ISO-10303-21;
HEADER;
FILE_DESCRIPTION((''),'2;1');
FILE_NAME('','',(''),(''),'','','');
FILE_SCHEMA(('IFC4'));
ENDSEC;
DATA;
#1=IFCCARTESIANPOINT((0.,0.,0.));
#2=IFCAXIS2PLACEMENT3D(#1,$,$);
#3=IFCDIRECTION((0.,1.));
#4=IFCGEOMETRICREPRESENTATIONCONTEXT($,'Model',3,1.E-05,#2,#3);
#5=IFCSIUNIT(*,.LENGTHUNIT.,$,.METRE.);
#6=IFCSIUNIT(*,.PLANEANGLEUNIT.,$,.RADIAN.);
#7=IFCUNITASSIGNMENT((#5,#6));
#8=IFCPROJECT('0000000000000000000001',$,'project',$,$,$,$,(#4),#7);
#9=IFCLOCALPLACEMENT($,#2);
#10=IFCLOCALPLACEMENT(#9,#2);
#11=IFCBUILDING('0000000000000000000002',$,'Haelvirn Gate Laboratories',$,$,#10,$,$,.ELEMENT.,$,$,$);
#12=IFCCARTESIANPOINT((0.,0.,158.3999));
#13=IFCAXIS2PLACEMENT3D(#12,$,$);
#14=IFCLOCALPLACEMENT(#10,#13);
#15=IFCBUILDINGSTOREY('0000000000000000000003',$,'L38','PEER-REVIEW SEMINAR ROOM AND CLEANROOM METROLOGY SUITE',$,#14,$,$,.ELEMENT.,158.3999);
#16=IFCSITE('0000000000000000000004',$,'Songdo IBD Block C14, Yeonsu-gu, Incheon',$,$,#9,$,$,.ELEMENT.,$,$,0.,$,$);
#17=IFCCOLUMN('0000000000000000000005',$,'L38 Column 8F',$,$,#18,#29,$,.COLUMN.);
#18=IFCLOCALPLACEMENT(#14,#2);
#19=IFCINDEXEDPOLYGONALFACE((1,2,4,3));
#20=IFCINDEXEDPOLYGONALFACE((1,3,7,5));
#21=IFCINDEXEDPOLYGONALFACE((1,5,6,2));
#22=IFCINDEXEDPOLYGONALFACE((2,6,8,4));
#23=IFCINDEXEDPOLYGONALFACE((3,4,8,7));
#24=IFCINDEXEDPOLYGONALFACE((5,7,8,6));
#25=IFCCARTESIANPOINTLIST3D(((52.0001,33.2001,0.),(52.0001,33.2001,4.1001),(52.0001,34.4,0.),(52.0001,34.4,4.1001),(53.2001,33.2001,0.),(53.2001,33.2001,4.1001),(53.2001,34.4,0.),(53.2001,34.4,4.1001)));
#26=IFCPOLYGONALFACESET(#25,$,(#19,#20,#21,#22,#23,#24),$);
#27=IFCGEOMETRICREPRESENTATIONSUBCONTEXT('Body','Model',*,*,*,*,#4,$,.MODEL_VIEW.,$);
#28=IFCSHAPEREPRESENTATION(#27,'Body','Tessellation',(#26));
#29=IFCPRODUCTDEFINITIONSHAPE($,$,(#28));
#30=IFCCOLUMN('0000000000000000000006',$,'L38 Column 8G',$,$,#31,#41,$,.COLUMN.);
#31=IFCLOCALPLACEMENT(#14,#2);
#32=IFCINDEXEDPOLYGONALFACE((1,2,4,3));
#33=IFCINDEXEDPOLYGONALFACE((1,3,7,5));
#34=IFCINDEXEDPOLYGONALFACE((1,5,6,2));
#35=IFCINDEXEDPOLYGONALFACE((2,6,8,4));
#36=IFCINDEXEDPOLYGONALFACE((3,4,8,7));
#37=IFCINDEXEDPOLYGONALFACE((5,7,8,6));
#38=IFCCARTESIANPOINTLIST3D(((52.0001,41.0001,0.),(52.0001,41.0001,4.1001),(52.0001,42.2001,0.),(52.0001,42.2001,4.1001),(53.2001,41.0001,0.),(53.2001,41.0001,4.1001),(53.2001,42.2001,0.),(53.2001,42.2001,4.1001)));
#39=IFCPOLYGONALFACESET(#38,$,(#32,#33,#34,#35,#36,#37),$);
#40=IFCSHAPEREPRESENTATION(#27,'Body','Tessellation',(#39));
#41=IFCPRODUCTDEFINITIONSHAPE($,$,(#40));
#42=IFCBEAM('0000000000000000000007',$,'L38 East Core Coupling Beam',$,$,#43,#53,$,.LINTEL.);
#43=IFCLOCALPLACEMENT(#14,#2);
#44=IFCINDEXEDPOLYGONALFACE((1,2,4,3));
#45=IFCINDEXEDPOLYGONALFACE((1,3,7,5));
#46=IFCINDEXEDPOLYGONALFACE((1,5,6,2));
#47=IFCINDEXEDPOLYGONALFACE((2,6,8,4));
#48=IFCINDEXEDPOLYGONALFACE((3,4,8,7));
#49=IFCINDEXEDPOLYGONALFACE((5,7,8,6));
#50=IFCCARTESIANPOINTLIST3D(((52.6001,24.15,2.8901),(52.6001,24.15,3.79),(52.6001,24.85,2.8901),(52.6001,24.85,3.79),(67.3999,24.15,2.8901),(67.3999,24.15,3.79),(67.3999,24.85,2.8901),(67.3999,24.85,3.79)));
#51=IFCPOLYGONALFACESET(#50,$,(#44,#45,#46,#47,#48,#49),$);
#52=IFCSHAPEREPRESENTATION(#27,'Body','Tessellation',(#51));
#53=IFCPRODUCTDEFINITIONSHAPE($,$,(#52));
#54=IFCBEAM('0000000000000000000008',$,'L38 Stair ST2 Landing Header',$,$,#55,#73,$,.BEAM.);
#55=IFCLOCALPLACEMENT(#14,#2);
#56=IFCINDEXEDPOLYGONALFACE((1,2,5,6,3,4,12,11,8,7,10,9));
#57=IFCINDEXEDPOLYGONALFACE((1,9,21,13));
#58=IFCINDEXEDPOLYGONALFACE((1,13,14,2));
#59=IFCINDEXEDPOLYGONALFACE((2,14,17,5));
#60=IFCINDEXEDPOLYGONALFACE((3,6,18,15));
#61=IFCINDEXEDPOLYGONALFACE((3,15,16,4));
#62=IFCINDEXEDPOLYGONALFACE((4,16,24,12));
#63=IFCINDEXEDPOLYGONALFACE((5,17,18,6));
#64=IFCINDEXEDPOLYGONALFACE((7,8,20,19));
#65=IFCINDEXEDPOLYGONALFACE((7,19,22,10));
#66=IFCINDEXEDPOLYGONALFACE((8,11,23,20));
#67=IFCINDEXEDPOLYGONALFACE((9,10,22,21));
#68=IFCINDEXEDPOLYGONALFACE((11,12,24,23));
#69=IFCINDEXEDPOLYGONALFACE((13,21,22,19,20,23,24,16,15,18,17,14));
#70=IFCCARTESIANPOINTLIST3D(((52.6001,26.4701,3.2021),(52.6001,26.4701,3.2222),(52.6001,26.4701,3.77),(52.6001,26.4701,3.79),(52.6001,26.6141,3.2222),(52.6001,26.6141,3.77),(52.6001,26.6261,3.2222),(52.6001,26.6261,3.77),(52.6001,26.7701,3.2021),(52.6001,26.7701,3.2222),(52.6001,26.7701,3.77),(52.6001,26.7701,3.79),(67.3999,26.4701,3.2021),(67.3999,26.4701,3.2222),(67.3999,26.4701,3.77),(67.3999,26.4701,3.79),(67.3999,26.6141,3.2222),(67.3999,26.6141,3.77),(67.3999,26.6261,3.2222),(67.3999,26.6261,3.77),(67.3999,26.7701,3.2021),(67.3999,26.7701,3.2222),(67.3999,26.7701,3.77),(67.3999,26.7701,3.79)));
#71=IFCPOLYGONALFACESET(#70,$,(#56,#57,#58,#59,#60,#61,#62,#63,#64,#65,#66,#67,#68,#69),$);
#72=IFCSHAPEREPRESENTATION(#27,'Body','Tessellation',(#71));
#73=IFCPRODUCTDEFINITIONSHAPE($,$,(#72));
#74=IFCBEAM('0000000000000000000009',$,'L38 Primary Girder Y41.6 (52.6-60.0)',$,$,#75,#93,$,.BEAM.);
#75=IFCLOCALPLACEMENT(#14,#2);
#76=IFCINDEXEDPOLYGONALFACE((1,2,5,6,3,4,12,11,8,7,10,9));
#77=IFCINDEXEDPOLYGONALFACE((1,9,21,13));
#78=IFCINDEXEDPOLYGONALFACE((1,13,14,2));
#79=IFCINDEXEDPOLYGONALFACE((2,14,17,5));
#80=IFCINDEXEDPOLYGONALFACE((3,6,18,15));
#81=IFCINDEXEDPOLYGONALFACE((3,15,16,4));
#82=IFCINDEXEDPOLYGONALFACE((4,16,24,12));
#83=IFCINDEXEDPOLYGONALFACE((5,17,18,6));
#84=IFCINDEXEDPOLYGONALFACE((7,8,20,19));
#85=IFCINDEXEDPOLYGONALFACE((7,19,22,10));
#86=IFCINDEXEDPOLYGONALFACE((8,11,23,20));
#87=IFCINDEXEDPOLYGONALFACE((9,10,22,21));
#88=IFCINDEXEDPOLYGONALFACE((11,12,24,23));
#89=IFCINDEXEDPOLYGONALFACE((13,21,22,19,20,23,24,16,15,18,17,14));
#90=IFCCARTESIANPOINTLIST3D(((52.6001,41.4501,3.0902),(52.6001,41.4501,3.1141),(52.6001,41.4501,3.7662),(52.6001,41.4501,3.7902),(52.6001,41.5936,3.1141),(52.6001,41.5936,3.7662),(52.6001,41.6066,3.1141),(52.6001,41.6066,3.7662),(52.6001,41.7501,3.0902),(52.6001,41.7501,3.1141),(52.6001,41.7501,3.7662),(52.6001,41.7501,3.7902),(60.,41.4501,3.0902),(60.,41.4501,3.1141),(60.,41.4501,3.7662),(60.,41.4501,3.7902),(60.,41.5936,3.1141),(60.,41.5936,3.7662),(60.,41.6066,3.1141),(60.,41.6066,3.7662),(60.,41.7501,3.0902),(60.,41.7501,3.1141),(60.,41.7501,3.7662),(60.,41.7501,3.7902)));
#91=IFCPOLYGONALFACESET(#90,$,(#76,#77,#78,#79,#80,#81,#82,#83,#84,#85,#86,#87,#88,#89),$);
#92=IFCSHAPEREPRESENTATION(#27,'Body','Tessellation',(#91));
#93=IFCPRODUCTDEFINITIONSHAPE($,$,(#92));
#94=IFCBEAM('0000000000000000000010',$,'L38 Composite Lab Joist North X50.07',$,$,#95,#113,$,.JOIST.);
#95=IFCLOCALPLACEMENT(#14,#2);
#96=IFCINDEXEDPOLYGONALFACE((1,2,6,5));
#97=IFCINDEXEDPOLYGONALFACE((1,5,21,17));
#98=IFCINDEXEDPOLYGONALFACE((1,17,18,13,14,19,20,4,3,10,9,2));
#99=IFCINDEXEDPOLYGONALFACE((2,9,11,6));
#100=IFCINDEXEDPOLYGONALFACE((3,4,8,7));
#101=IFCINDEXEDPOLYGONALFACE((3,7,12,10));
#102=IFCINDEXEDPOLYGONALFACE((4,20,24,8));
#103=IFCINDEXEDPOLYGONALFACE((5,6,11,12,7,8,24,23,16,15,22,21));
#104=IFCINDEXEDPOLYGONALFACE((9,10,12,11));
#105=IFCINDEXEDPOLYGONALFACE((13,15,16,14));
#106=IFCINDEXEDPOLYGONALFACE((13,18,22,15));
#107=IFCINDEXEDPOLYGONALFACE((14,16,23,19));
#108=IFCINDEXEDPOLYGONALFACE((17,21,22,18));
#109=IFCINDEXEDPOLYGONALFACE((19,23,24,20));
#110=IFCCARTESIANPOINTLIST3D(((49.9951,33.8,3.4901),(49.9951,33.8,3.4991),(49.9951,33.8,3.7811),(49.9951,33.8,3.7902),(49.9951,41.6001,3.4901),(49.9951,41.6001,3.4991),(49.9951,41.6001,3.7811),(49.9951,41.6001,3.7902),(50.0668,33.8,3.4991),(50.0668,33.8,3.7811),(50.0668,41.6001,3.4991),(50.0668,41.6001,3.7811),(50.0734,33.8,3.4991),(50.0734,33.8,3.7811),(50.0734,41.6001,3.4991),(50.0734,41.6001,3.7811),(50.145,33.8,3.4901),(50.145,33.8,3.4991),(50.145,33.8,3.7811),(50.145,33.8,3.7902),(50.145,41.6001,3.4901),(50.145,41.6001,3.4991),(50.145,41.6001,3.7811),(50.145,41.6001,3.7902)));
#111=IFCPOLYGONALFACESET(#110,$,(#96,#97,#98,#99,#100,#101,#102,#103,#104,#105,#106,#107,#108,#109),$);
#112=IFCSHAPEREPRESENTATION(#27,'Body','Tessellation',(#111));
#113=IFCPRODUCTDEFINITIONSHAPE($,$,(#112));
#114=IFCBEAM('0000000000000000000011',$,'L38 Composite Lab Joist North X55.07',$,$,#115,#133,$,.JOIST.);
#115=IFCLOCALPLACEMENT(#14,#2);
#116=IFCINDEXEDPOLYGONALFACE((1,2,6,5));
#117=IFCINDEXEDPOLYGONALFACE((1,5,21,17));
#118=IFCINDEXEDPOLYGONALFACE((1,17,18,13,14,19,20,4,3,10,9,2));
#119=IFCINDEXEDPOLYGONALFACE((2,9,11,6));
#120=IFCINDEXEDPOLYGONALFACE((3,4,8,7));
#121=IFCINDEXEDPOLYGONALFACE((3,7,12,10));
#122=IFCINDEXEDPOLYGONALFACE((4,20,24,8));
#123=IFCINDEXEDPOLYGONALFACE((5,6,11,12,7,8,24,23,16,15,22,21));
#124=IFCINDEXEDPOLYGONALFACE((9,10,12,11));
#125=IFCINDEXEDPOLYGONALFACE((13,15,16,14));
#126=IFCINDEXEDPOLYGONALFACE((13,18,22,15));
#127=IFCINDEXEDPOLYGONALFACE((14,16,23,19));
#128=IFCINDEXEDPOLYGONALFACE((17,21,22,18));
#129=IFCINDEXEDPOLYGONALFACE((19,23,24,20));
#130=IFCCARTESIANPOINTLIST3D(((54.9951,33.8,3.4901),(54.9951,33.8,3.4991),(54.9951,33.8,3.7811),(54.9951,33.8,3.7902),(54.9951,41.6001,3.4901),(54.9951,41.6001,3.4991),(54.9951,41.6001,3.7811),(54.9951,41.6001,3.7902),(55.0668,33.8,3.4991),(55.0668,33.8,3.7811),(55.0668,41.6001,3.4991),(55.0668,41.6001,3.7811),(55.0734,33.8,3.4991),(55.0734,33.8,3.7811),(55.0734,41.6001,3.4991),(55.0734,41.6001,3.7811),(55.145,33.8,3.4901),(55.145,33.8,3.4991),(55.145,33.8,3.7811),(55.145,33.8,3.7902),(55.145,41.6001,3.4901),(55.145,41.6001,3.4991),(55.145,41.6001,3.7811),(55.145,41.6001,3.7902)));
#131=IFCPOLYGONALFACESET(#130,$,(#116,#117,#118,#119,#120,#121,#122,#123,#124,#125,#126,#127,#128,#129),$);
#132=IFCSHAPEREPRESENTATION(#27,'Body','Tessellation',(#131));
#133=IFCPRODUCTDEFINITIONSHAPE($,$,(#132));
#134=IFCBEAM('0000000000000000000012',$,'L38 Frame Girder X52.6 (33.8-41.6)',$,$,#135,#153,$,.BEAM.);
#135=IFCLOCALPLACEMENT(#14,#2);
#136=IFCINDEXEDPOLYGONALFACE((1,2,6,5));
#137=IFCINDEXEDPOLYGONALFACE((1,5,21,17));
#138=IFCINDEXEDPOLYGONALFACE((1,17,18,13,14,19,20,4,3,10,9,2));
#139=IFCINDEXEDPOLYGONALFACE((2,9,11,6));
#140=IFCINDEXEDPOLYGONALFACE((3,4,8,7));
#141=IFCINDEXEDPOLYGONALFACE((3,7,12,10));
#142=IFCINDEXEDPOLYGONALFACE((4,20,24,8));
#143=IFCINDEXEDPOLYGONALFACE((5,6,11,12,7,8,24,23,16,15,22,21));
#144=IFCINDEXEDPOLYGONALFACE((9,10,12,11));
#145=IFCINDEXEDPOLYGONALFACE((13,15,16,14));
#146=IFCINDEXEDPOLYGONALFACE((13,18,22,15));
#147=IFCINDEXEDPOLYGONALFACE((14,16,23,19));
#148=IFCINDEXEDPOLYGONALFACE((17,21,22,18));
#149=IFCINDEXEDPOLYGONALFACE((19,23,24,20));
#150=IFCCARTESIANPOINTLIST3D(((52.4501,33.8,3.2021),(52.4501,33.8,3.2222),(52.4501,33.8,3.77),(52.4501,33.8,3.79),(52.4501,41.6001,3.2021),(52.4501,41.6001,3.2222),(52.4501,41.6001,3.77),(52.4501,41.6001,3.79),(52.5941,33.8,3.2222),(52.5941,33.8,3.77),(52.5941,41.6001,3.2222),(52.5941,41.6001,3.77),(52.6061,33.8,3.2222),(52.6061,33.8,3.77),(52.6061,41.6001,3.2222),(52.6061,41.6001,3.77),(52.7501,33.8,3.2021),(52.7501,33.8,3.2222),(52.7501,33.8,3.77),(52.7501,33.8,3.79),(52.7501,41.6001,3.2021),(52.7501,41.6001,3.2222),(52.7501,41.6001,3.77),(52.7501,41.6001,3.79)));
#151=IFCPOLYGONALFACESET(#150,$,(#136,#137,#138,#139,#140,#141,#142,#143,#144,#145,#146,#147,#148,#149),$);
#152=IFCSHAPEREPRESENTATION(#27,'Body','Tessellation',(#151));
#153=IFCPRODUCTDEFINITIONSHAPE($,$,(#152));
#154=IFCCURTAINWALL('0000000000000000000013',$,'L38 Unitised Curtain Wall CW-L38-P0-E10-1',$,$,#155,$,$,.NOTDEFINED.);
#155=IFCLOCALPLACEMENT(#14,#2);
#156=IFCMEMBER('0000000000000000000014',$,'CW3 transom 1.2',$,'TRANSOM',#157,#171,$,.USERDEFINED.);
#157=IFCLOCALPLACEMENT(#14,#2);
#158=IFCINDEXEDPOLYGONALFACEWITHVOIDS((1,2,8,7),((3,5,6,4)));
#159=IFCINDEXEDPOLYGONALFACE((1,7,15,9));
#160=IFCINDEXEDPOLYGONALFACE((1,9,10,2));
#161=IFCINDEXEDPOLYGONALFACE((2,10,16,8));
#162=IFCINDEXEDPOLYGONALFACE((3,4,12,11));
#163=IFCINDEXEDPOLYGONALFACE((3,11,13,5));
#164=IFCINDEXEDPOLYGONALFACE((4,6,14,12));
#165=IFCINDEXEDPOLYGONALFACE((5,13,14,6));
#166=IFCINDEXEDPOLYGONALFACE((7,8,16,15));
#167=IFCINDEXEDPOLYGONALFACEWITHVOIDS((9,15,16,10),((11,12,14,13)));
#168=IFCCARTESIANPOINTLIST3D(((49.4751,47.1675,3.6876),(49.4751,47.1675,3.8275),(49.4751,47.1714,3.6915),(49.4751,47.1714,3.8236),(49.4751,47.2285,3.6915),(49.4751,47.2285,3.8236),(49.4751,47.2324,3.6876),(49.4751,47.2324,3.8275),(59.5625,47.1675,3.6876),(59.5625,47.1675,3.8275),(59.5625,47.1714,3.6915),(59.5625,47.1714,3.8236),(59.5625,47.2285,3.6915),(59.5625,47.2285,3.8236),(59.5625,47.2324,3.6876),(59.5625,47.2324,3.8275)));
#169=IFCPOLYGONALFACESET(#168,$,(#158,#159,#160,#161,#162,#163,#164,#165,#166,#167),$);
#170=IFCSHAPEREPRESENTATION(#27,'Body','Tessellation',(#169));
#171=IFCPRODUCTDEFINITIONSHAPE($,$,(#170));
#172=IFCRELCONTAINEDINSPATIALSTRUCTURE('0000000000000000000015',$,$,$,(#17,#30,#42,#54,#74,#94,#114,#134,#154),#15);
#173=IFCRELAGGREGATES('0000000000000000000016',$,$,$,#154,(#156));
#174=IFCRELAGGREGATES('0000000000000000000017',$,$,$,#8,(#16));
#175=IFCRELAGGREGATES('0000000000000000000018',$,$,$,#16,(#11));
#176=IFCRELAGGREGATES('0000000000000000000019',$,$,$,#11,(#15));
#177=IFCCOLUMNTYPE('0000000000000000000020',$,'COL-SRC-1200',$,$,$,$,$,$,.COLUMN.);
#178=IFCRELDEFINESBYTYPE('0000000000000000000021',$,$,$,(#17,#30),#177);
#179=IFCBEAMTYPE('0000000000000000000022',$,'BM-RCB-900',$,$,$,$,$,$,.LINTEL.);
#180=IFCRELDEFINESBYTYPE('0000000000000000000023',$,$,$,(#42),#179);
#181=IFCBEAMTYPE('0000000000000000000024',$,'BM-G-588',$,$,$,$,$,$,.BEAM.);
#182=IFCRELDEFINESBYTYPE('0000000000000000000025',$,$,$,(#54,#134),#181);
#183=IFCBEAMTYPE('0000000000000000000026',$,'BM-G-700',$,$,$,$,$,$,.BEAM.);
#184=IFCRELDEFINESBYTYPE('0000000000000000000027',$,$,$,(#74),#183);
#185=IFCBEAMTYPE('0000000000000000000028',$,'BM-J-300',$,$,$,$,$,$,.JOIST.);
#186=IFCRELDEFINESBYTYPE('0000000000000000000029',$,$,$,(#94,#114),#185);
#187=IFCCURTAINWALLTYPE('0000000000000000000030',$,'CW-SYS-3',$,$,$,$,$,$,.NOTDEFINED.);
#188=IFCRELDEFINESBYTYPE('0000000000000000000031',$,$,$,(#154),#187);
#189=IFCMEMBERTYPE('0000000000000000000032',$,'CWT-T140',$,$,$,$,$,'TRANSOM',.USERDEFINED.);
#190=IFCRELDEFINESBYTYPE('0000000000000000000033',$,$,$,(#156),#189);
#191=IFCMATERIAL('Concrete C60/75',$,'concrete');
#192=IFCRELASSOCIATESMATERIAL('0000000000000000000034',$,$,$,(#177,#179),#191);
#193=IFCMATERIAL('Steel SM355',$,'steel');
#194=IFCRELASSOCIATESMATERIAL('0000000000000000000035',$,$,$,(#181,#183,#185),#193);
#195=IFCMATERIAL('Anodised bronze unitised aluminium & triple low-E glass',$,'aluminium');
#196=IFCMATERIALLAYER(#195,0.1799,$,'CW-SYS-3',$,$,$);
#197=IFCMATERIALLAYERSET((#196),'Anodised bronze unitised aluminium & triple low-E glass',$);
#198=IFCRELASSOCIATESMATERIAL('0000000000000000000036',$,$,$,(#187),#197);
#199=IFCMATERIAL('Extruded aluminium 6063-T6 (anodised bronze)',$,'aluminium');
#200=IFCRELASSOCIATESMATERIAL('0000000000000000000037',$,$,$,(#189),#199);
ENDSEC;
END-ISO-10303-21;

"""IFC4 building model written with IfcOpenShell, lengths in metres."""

from ifc_helpers import new_model, si_unit, direction, frame, origin, origin_2d, place, context, subcontext, project, spatial, rectangle, hollow_rectangle, i_section, extrude, source, transform, mapped, material, layer, layer_set, material_profile, profile_set, type_object, type_shapes, element, aggregate, save


model = new_model("IFC4")

# Units and contexts
model_context = context("Model", 3, precision=1e-05, world=origin(), true_north=direction((0.0, 1.0)))
body_context = subcontext(model_context, "Body", "Model", "MODEL_VIEW")
ifc_project = project(units=[si_unit("LENGTHUNIT", "METRE"), si_unit("PLANEANGLEUNIT", "RADIAN")], contexts=[model_context])

# Site, building, storey
site_placement = place(None, origin())
site = spatial("IfcSite", under=ifc_project, at=site_placement, Name="Songdo IBD Block C14, Yeonsu-gu, Incheon", CompositionType="ELEMENT", RefElevation=0.0)
building_placement = place(site_placement, origin())
building = spatial("IfcBuilding", under=site, at=building_placement, Name="Haelvirn Gate Laboratories", CompositionType="ELEMENT")
storey_placement = place(building_placement, frame((0.0, 0.0, 158.3999)))
storey = spatial("IfcBuildingStorey", under=building, at=storey_placement, Name="L38", Description="PEER-REVIEW SEMINAR ROOM AND CLEANROOM METROLOGY SUITE", CompositionType="ELEMENT", Elevation=158.3999)

# Columns
ifc_material_1 = material(Name="Concrete C60/75", Category="concrete")
ifc_material_profile_1 = material_profile(ifc_material_1, rectangle(XDim=1.2, YDim=1.2, at=origin_2d()), Name="SRC-1200x1200")
ifc_profile_set_1 = profile_set([ifc_material_profile_1], Name="Concrete C60/75")
column_type = type_object("IfcColumnType", Name="COL-SRC-1200", PredefinedType="COLUMN", material=ifc_profile_set_1)
shared_shape_1 = source(origin(), body_context, "Body", "SweptSolid", [
    extrude(rectangle(XDim=1.2, YDim=1.2, at=origin_2d()), origin(), (0.0, 0.0, 1.0), 4.1001),
])
type_shapes(column_type, [shared_shape_1])
for number, where, z_axis, x_axis, name in (
    (1, (52.6001, 33.8, 0.0), (0.0, 0.0, 1.0), (1.0, 0.0, 0.0), "L38 Column 8F"),
    (2, (52.6001, 41.6001, 0.0), (0.0, 0.0, 1.0), (1.0, 0.0, 0.0), "L38 Column 8G"),
):
    element("IfcColumn", number, at=place(storey_placement, frame(where, z_axis=z_axis, x_axis=x_axis)), inside=storey, type_object=column_type, Name=name, PredefinedType="COLUMN", context=body_context, shape_type="MappedRepresentation", body=[
        mapped(shared_shape_1, transform((0.0, 0.0, 0.0), scale=1.0)),
    ])

# Beams
ifc_material_profile_2 = material_profile(ifc_material_1, rectangle(XDim=0.7, YDim=0.8999, at=origin_2d()), Name="RCB-700x900")
ifc_profile_set_2 = profile_set([ifc_material_profile_2], Name="Concrete C60/75")
beam_type_1 = type_object("IfcBeamType", Name="BM-RCB-900", PredefinedType="LINTEL", material=ifc_profile_set_2)
shared_shape_2 = source(origin(), body_context, "Body", "SweptSolid", [
    extrude(rectangle(XDim=0.7, YDim=0.8999, at=origin_2d()), origin(), (0.0, 0.0, 1.0), 14.7998),
])
type_shapes(beam_type_1, [shared_shape_2])
beam_1_placement = place(storey_placement, frame((52.6001, 24.5, 3.3401), z_axis=(1.0, 0.0, 0.0), x_axis=(0.0, 1.0, 0.0)))
element("IfcBeam", 3, at=beam_1_placement, inside=storey, type_object=beam_type_1, Name="L38 East Core Coupling Beam", PredefinedType="LINTEL", context=body_context, shape_type="MappedRepresentation", body=[
    mapped(shared_shape_2, transform((0.0, 0.0, 0.0), scale=1.0)),
])
ifc_material_2 = material(Name="Steel SM355", Category="steel")
ifc_material_profile_3 = material_profile(ifc_material_2, i_section(OverallWidth=0.3, OverallDepth=0.5879, WebThickness=0.012, FlangeThickness=0.02, at=origin_2d()), Name="H-588x300x12x20")
ifc_profile_set_3 = profile_set([ifc_material_profile_3], Name="Steel SM355")
beam_type_2 = type_object("IfcBeamType", Name="BM-G-588", PredefinedType="BEAM", material=ifc_profile_set_3)
shared_shape_3 = source(origin(), body_context, "Body", "SweptSolid", [
    extrude(i_section(OverallWidth=0.3, OverallDepth=0.5879, WebThickness=0.012, FlangeThickness=0.02, at=origin_2d()), origin(), (0.0, 0.0, 1.0), 14.7998),
])
beam_2_placement = place(storey_placement, frame((52.6001, 26.6201, 3.4961), z_axis=(1.0, 0.0, 0.0), x_axis=(0.0, 1.0, 0.0)))
element("IfcBeam", 4, at=beam_2_placement, inside=storey, type_object=beam_type_2, Name="L38 Stair ST2 Landing Header", PredefinedType="BEAM", context=body_context, shape_type="MappedRepresentation", body=[
    mapped(shared_shape_3, transform((0.0, 0.0, 0.0), scale=1.0)),
])
ifc_material_profile_4 = material_profile(ifc_material_2, i_section(OverallWidth=0.3, OverallDepth=0.7, WebThickness=0.0129, FlangeThickness=0.0239, at=origin_2d()), Name="H-700x300x13x24")
ifc_profile_set_4 = profile_set([ifc_material_profile_4], Name="Steel SM355")
beam_type_3 = type_object("IfcBeamType", Name="BM-G-700", PredefinedType="BEAM", material=ifc_profile_set_4)
shared_shape_4 = source(origin(), body_context, "Body", "SweptSolid", [
    extrude(i_section(OverallWidth=0.3, OverallDepth=0.7, WebThickness=0.0129, FlangeThickness=0.0239, at=origin_2d()), origin(), (0.0, 0.0, 1.0), 7.3999),
])
type_shapes(beam_type_3, [shared_shape_4])
beam_3_placement = place(storey_placement, frame((52.6001, 41.6001, 3.4402), z_axis=(1.0, 0.0, 0.0), x_axis=(0.0, 1.0, 0.0)))
element("IfcBeam", 5, at=beam_3_placement, inside=storey, type_object=beam_type_3, Name="L38 Primary Girder Y41.6 (52.6-60.0)", PredefinedType="BEAM", context=body_context, shape_type="MappedRepresentation", body=[
    mapped(shared_shape_4, transform((0.0, 0.0, 0.0), scale=1.0)),
])
ifc_material_profile_5 = material_profile(ifc_material_2, i_section(OverallWidth=0.1499, OverallDepth=0.3, WebThickness=0.0066, FlangeThickness=0.009, at=origin_2d()), Name="H-300x150x6.5x9")
ifc_profile_set_5 = profile_set([ifc_material_profile_5], Name="Steel SM355")
beam_type_4 = type_object("IfcBeamType", Name="BM-J-300", PredefinedType="JOIST", material=ifc_profile_set_5)
shared_shape_5 = source(origin(), body_context, "Body", "SweptSolid", [
    extrude(i_section(OverallWidth=0.1499, OverallDepth=0.3, WebThickness=0.0066, FlangeThickness=0.009, at=origin_2d()), origin(), (0.0, 0.0, 1.0), 7.8),
])
type_shapes(beam_type_4, [shared_shape_5])
for number, where, z_axis, x_axis, name in (
    (6, (50.0701, 33.8, 3.6401), (0.0, 1.0, 0.0), (-1.0, 0.0, 0.0), "L38 Composite Lab Joist North X50.07"),
    (7, (55.0701, 33.8, 3.6401), (0.0, 1.0, 0.0), (-1.0, 0.0, 0.0), "L38 Composite Lab Joist North X55.07"),
):
    element("IfcBeam", number, at=place(storey_placement, frame(where, z_axis=z_axis, x_axis=x_axis)), inside=storey, type_object=beam_type_4, Name=name, PredefinedType="JOIST", context=body_context, shape_type="MappedRepresentation", body=[
        mapped(shared_shape_5, transform((0.0, 0.0, 0.0), scale=1.0)),
    ])
shared_shape_6 = source(origin(), body_context, "Body", "SweptSolid", [
    extrude(i_section(OverallWidth=0.3, OverallDepth=0.5879, WebThickness=0.012, FlangeThickness=0.02, at=origin_2d()), origin(), (0.0, 0.0, 1.0), 7.8),
])
type_shapes(beam_type_2, [shared_shape_3, shared_shape_6])
beam_4_placement = place(storey_placement, frame((52.6001, 33.8, 3.4961), z_axis=(0.0, 1.0, 0.0), x_axis=(-1.0, 0.0, 0.0)))
element("IfcBeam", 8, at=beam_4_placement, inside=storey, type_object=beam_type_2, Name="L38 Frame Girder X52.6 (33.8-41.6)", PredefinedType="BEAM", context=body_context, shape_type="MappedRepresentation", body=[
    mapped(shared_shape_6, transform((0.0, 0.0, 0.0), scale=1.0)),
])

# Curtain wall, member
ifc_material_3 = material(Name="Anodised bronze unitised aluminium & triple low-E glass", Category="aluminium")
ifc_layer_1 = layer(ifc_material_3, 0.1799, Name="CW-SYS-3")
ifc_layer_set_1 = layer_set([ifc_layer_1], Name="Anodised bronze unitised aluminium & triple low-E glass")
curtain_wall_type = type_object("IfcCurtainWallType", Name="CW-SYS-3", PredefinedType="NOTDEFINED", material=ifc_layer_set_1)
curtain_wall_1_placement = place(storey_placement, origin())
curtain_wall_1 = element("IfcCurtainWall", 9, at=curtain_wall_1_placement, inside=storey, type_object=curtain_wall_type, Name="L38 Unitised Curtain Wall CW-L38-P0-E10-1", PredefinedType="NOTDEFINED")
ifc_material_4 = material(Name="Extruded aluminium 6063-T6 (anodised bronze)", Category="aluminium")
ifc_material_profile_6 = material_profile(ifc_material_4, hollow_rectangle(XDim=0.0649, YDim=0.1399, WallThickness=0.0039, at=origin_2d()), Name="CWT-140x65x4")
ifc_profile_set_6 = profile_set([ifc_material_profile_6], Name="Extruded aluminium 6063-T6 (anodised bronze)")
member_type_1 = type_object("IfcMemberType", Name="CWT-T140", ElementType="TRANSOM", PredefinedType="USERDEFINED", material=ifc_profile_set_6)
shared_shape_7 = source(origin(), body_context, "Body", "SweptSolid", [
    extrude(hollow_rectangle(XDim=0.0649, YDim=0.1399, WallThickness=0.0039, at=origin_2d()), origin(), (0.0, 0.0, 1.0), 10.0874),
])
type_shapes(member_type_1, [shared_shape_7])
member_1_placement = place(storey_placement, frame((49.4751, 47.2, 3.7576), z_axis=(1.0, 0.0, 0.0), x_axis=(0.0, 1.0, 0.0)))
member_1 = element("IfcMember", 10, at=member_1_placement, type_object=member_type_1, Name="CW3 transom 1.2", ObjectType="TRANSOM", PredefinedType="USERDEFINED", context=body_context, shape_type="MappedRepresentation", body=[
    mapped(shared_shape_7, transform((0.0, 0.0, 0.0), scale=1.0)),
])

aggregate(curtain_wall_1, [member_1])

save(model, "model.ifc")
